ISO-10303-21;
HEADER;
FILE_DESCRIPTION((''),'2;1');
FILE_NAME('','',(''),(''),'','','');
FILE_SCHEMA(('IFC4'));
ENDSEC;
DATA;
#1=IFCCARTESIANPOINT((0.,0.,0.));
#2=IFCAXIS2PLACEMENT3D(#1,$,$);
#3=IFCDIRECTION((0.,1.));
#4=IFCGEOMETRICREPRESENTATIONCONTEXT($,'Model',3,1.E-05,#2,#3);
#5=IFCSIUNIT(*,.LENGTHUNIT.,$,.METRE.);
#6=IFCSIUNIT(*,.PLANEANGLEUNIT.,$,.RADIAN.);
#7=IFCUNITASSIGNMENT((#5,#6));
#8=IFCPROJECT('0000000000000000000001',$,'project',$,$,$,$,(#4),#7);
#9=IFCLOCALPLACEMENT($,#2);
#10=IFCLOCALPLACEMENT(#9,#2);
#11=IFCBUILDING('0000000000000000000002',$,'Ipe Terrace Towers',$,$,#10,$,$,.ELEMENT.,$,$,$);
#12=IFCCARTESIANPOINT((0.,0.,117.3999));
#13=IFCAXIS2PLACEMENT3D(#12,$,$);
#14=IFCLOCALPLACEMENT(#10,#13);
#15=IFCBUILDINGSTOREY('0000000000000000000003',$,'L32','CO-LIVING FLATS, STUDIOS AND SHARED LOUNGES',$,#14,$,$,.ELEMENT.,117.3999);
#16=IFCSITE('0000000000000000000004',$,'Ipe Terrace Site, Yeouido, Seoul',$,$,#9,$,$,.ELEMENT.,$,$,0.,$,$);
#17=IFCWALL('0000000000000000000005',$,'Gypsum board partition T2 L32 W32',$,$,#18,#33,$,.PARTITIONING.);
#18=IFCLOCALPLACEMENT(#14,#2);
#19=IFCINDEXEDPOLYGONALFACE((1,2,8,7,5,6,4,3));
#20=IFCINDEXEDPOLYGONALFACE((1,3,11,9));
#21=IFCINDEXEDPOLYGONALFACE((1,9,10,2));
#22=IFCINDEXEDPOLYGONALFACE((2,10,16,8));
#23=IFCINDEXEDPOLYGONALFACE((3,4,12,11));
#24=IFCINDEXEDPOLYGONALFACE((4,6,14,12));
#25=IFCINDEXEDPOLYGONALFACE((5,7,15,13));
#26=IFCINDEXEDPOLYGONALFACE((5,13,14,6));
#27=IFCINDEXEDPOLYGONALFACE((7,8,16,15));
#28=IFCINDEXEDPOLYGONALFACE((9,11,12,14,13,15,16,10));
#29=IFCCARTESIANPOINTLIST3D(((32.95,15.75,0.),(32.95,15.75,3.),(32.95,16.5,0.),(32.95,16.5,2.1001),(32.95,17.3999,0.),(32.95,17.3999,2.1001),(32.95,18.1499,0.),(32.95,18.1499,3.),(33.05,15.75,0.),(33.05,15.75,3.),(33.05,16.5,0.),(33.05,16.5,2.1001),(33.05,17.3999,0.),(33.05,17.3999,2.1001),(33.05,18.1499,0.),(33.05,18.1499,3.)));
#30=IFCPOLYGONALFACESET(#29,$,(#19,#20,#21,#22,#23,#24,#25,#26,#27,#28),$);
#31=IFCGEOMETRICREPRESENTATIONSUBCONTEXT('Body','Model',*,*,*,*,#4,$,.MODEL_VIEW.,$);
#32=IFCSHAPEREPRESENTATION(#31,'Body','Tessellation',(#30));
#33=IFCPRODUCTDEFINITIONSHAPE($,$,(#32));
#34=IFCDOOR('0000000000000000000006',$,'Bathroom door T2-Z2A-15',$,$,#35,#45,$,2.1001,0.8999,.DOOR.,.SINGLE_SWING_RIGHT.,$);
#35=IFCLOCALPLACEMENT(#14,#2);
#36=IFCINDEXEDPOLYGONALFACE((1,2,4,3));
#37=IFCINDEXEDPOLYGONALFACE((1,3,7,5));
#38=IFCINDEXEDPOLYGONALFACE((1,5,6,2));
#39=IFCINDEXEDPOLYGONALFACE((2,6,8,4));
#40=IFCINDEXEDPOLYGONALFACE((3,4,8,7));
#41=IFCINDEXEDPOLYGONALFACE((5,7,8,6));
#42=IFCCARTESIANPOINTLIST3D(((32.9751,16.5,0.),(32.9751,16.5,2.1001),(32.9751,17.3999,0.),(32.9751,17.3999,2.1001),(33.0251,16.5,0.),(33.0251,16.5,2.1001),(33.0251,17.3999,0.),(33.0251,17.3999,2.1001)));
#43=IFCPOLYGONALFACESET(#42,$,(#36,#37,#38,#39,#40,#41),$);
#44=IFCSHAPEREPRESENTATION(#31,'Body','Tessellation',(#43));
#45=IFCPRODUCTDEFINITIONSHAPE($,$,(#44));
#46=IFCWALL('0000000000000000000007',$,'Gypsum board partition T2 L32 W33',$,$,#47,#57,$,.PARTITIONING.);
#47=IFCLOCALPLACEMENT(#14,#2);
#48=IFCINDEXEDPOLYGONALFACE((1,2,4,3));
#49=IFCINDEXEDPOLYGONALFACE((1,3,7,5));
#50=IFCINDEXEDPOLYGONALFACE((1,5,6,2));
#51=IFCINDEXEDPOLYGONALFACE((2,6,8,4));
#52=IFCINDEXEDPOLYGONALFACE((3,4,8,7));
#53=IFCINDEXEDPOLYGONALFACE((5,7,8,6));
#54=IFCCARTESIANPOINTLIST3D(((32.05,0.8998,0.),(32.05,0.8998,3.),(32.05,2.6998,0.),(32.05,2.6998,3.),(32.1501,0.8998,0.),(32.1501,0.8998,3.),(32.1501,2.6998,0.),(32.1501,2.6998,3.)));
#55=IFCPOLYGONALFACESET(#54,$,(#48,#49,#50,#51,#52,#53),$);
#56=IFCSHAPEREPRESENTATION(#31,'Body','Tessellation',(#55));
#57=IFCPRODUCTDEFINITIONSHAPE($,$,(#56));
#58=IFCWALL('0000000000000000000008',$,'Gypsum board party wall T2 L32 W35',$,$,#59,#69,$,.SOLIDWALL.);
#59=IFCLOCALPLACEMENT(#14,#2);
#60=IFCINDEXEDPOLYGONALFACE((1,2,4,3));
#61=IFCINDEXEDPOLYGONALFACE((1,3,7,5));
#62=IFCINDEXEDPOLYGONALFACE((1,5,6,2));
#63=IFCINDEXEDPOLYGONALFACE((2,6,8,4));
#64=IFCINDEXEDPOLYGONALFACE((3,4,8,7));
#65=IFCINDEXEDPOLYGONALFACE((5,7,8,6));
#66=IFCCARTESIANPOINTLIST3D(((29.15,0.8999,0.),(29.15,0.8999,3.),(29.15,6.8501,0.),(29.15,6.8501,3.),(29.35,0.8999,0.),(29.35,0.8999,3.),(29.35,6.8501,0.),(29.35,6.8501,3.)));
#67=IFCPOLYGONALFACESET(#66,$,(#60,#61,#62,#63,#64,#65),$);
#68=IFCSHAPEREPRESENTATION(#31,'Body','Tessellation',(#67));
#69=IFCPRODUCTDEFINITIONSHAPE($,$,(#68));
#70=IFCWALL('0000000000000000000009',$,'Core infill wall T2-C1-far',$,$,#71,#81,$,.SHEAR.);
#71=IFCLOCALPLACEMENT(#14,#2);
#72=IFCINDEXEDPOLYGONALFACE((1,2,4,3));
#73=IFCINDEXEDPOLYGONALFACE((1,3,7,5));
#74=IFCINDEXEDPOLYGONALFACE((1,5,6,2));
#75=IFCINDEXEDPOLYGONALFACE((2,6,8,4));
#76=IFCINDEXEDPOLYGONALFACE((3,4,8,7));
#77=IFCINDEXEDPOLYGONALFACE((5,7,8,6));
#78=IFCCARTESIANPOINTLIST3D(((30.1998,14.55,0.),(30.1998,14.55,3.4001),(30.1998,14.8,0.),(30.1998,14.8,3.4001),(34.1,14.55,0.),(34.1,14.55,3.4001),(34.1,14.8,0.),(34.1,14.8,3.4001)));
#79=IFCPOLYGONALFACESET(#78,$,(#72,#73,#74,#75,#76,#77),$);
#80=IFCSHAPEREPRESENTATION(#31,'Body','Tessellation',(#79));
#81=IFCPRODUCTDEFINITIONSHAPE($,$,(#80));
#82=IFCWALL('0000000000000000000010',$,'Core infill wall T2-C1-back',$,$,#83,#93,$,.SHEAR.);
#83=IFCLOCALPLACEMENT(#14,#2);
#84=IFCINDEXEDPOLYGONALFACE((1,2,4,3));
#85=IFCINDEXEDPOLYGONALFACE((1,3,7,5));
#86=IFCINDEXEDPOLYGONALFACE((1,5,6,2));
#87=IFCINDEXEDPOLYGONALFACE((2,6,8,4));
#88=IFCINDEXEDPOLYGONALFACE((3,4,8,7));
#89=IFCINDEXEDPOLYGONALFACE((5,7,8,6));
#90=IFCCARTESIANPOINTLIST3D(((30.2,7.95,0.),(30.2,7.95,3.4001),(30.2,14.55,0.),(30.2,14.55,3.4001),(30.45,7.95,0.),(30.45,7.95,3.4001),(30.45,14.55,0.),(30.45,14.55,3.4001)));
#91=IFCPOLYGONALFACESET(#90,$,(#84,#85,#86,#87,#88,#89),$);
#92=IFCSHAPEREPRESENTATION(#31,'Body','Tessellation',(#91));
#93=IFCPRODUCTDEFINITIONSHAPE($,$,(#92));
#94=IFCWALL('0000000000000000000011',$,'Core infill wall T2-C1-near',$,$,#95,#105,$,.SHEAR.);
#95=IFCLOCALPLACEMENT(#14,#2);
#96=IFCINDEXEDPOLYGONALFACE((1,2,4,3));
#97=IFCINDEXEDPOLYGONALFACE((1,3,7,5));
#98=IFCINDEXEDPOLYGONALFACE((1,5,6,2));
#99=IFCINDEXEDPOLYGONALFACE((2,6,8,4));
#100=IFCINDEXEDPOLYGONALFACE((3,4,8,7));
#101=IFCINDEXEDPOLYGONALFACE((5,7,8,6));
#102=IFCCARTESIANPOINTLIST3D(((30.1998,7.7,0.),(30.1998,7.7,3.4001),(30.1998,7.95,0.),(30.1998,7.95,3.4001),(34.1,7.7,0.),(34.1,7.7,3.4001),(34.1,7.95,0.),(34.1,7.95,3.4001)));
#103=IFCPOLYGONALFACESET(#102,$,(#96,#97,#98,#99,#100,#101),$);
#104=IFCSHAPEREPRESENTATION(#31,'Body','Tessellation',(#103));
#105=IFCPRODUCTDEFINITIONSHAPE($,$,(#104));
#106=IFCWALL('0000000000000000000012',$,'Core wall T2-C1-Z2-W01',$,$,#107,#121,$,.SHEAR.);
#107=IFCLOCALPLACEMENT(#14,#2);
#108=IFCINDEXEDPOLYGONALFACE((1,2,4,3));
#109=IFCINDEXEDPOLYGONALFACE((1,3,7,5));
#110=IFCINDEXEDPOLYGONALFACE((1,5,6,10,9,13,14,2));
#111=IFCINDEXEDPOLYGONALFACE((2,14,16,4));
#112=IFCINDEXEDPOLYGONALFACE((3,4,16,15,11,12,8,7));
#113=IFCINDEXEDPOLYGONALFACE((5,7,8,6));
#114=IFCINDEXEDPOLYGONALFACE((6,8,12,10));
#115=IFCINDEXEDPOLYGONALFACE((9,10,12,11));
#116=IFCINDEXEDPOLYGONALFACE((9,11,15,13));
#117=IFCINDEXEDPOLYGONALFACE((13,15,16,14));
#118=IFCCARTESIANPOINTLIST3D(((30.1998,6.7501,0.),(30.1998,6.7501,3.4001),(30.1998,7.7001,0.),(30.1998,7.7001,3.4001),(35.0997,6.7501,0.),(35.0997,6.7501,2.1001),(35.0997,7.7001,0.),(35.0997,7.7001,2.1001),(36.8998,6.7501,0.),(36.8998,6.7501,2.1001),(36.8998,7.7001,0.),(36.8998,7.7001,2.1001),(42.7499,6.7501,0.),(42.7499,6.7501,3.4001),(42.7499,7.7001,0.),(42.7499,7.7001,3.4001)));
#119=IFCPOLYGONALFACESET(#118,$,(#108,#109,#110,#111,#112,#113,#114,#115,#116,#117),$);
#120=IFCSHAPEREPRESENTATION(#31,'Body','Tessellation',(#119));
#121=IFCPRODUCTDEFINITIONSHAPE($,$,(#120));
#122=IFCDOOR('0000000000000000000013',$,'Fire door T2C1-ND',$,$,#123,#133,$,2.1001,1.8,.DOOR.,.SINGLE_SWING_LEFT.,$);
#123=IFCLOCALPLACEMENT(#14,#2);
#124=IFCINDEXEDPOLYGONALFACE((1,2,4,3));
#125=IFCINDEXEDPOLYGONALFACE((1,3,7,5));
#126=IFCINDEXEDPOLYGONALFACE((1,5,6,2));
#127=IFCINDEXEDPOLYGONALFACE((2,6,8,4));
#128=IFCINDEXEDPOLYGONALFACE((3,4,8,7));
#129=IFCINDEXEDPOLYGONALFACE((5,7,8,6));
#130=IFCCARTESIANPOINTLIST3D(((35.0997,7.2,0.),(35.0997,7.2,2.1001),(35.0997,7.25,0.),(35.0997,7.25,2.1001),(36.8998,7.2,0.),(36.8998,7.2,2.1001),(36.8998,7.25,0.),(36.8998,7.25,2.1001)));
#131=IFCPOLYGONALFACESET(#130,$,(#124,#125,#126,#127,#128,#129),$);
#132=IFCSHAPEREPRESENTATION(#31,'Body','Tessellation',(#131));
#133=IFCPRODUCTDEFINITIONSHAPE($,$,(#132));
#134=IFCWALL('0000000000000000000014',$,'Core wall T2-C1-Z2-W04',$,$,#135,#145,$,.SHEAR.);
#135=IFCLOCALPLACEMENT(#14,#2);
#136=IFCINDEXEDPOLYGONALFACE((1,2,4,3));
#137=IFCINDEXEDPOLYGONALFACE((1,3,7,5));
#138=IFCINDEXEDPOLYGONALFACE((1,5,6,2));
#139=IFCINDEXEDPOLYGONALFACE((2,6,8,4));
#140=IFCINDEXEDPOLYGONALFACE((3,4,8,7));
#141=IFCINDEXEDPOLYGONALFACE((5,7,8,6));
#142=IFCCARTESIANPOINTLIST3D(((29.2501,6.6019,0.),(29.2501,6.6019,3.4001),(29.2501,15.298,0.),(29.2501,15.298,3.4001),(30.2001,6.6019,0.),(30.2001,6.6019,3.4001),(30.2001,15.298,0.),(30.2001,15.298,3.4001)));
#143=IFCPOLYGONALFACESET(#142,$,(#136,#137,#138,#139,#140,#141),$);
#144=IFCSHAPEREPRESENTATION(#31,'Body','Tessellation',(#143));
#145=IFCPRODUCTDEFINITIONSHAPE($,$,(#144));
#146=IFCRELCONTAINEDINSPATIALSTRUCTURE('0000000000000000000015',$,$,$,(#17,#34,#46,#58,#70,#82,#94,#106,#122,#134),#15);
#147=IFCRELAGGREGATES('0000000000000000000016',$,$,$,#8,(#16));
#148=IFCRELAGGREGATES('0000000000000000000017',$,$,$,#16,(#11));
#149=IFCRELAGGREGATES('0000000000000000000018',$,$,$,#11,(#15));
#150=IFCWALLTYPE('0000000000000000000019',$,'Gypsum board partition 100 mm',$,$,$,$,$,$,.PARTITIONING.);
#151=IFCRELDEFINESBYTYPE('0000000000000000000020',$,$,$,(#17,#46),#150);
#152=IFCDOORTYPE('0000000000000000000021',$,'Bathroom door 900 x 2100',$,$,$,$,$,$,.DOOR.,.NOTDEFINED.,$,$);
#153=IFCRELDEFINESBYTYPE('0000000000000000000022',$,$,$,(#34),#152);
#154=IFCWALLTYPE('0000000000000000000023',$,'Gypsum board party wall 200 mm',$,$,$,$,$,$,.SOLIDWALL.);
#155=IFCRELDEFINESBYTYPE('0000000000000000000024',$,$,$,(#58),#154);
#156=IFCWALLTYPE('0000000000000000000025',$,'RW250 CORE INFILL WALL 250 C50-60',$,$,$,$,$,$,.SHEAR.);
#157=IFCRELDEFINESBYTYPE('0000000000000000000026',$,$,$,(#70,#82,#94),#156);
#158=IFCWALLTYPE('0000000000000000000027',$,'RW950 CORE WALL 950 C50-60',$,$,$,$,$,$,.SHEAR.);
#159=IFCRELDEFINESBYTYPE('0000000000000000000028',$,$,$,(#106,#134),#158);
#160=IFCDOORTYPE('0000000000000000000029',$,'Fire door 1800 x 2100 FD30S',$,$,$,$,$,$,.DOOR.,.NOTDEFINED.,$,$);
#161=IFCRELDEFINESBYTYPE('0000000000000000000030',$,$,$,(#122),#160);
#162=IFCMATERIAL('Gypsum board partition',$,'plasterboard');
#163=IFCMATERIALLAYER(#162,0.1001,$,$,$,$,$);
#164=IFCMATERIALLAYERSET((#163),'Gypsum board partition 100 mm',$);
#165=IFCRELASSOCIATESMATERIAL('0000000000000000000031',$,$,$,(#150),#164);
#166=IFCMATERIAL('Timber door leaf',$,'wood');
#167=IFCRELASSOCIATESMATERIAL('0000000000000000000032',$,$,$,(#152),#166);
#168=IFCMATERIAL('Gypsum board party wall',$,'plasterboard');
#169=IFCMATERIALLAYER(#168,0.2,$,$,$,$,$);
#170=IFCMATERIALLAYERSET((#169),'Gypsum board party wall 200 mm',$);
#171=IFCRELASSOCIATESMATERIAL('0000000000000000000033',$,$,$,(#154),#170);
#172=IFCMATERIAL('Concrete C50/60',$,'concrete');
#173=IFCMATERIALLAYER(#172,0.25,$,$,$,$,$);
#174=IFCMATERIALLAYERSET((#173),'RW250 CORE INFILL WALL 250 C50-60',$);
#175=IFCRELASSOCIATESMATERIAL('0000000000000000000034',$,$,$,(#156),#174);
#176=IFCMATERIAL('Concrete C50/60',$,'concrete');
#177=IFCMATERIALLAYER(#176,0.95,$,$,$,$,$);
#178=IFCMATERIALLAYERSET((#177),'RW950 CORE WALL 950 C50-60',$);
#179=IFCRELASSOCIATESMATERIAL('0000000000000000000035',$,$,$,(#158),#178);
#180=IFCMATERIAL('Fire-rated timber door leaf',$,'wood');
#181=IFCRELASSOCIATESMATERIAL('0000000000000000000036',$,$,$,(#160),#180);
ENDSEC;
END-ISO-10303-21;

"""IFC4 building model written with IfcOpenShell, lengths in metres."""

from ifc_helpers import new_model, si_unit, direction, frame, frame_2d, origin, place, context, subcontext, project, spatial, rectangle, extrude, material, layer, layer_set, type_object, element, fill, save


model = new_model("IFC4")

# Units and contexts
model_context = context("Model", 3, precision=1e-05, world=origin(), true_north=direction((0.0, 1.0)))
body_context = subcontext(model_context, "Body", "Model", "MODEL_VIEW")
ifc_project = project(units=[si_unit("LENGTHUNIT", "METRE"), si_unit("PLANEANGLEUNIT", "RADIAN")], contexts=[model_context])

# Site, building, storey
site_placement = place(None, origin())
site = spatial("IfcSite", under=ifc_project, at=site_placement, Name="Ipe Terrace Site, Yeouido, Seoul", CompositionType="ELEMENT", RefElevation=0.0)
building_placement = place(site_placement, origin())
building = spatial("IfcBuilding", under=site, at=building_placement, Name="Ipe Terrace Towers", CompositionType="ELEMENT")
storey_placement = place(building_placement, frame((0.0, 0.0, 117.3999)))
storey = spatial("IfcBuildingStorey", under=building, at=storey_placement, Name="L32", Description="CO-LIVING FLATS, STUDIOS AND SHARED LOUNGES", CompositionType="ELEMENT", Elevation=117.3999)

# Wall, opening, door
ifc_material_1 = material(Name="Gypsum board partition", Category="plasterboard")
ifc_layer_1 = layer(ifc_material_1, 0.1001)
ifc_layer_set_1 = layer_set([ifc_layer_1], Name="Gypsum board partition 100 mm")
wall_type_1 = type_object("IfcWallType", Name="Gypsum board partition 100 mm", PredefinedType="PARTITIONING", material=ifc_layer_set_1)
wall_1_placement = place(storey_placement, frame((33.0, 15.75, 0.0), z_axis=(0.0, 0.0, 1.0), x_axis=(0.0, 1.0, 0.0)))
wall_1 = element("IfcWall", 1, at=wall_1_placement, inside=storey, type_object=wall_type_1, Name="Gypsum board partition T2 L32 W32", PredefinedType="PARTITIONING", context=body_context, shape_type="SweptSolid", body=[
    extrude(rectangle(XDim=2.3999, YDim=0.1001, at=frame_2d((1.2, 0.0))), origin(), (0.0, 0.0, 1.0), 3.0),
])
opening_1_placement = place(wall_1_placement, frame((0.75, 0.0, 0.0)))
opening_1 = element("IfcOpeningElement", 2, at=opening_1_placement, cuts=wall_1, PredefinedType="OPENING", context=body_context, shape_type="SweptSolid", body=[
    extrude(rectangle(XDim=0.8999, YDim=2.1001, at=frame_2d((0.45, 1.05))), frame((0.0, 0.0601, 0.0), z_axis=(0.0, -1.0, 0.0), x_axis=(1.0, 0.0, 0.0)), (0.0, 0.0, 1.0), 0.1201),
])
ifc_material_2 = material(Name="Timber door leaf", Category="wood")
door_type_1 = type_object("IfcDoorType", Name="Bathroom door 900 x 2100", OperationType="NOTDEFINED", PredefinedType="DOOR", material=ifc_material_2)
door_1_placement = place(opening_1_placement, origin())
door_1 = element("IfcDoor", 3, at=door_1_placement, inside=storey, type_object=door_type_1, Name="Bathroom door T2-Z2A-15", OperationType="SINGLE_SWING_RIGHT", OverallHeight=2.1001, OverallWidth=0.8999, PredefinedType="DOOR", context=body_context, shape_type="SweptSolid", body=[
    extrude(rectangle(XDim=0.8999, YDim=2.1001, at=frame_2d((0.45, 1.05))), frame((0.0, 0.0249, 0.0), z_axis=(0.0, -1.0, 0.0), x_axis=(1.0, 0.0, 0.0)), (0.0, 0.0, 1.0), 0.05),
])
fill(opening_1, door_1)

# Walls
wall_2_placement = place(storey_placement, frame((32.1001, 0.8999, 0.0), z_axis=(0.0, 0.0, 1.0), x_axis=(0.0, 1.0, 0.0)))
element("IfcWall", 4, at=wall_2_placement, inside=storey, type_object=wall_type_1, Name="Gypsum board partition T2 L32 W33", PredefinedType="PARTITIONING", context=body_context, shape_type="SweptSolid", body=[
    extrude(rectangle(XDim=1.8, YDim=0.1001, at=frame_2d((0.8999, 0.0))), origin(), (0.0, 0.0, 1.0), 3.0),
])
ifc_material_3 = material(Name="Gypsum board party wall", Category="plasterboard")
ifc_layer_2 = layer(ifc_material_3, 0.2)
ifc_layer_set_2 = layer_set([ifc_layer_2], Name="Gypsum board party wall 200 mm")
wall_type_2 = type_object("IfcWallType", Name="Gypsum board party wall 200 mm", PredefinedType="SOLIDWALL", material=ifc_layer_set_2)
wall_3_placement = place(storey_placement, frame((29.25, 0.8999, 0.0), z_axis=(0.0, 0.0, 1.0), x_axis=(0.0, 1.0, 0.0)))
element("IfcWall", 5, at=wall_3_placement, inside=storey, type_object=wall_type_2, Name="Gypsum board party wall T2 L32 W35", PredefinedType="SOLIDWALL", context=body_context, shape_type="SweptSolid", body=[
    extrude(rectangle(XDim=5.9502, YDim=0.2, at=frame_2d((2.9751, 0.0))), origin(), (0.0, 0.0, 1.0), 3.0),
])
ifc_material_4 = material(Name="Concrete C50/60", Category="concrete")
ifc_layer_3 = layer(ifc_material_4, 0.25)
ifc_layer_set_3 = layer_set([ifc_layer_3], Name="RW250 CORE INFILL WALL 250 C50-60")
wall_type_3 = type_object("IfcWallType", Name="RW250 CORE INFILL WALL 250 C50-60", PredefinedType="SHEAR", material=ifc_layer_set_3)
wall_4_placement = place(storey_placement, frame((34.1001, 14.675, 0.0), z_axis=(0.0, 0.0, 1.0), x_axis=(-1.0, 0.0, 0.0)))
element("IfcWall", 6, at=wall_4_placement, inside=storey, type_object=wall_type_3, Name="Core infill wall T2-C1-far", PredefinedType="SHEAR", context=body_context, shape_type="SweptSolid", body=[
    extrude(rectangle(XDim=3.9001, YDim=0.25, at=frame_2d((1.9502, 0.0))), origin(), (0.0, 0.0, 1.0), 3.4001),
])
wall_5_placement = place(storey_placement, frame((30.325, 7.95, 0.0), z_axis=(0.0, 0.0, 1.0), x_axis=(0.0, 1.0, 0.0)))
element("IfcWall", 7, at=wall_5_placement, inside=storey, type_object=wall_type_3, Name="Core infill wall T2-C1-back", PredefinedType="SHEAR", context=body_context, shape_type="SweptSolid", body=[
    extrude(rectangle(XDim=6.6001, YDim=0.25, at=frame_2d((3.3, 0.0))), origin(), (0.0, 0.0, 1.0), 3.4001),
])
wall_6_placement = place(storey_placement, frame((34.1001, 7.825, 0.0), z_axis=(0.0, 0.0, 1.0), x_axis=(-1.0, 0.0, 0.0)))
element("IfcWall", 8, at=wall_6_placement, inside=storey, type_object=wall_type_3, Name="Core infill wall T2-C1-near", PredefinedType="SHEAR", context=body_context, shape_type="SweptSolid", body=[
    extrude(rectangle(XDim=3.9001, YDim=0.25, at=frame_2d((1.9502, 0.0))), origin(), (0.0, 0.0, 1.0), 3.4001),
])

# Wall, opening, door
ifc_material_5 = material(Name="Concrete C50/60", Category="concrete")
ifc_layer_4 = layer(ifc_material_5, 0.95)
ifc_layer_set_4 = layer_set([ifc_layer_4], Name="RW950 CORE WALL 950 C50-60")
wall_type_4 = type_object("IfcWallType", Name="RW950 CORE WALL 950 C50-60", PredefinedType="SHEAR", material=ifc_layer_set_4)
wall_7_placement = place(storey_placement, frame((30.2, 7.2251, 0.0), z_axis=(0.0, 0.0, 1.0), x_axis=(1.0, 0.0, 0.0)))
wall_7 = element("IfcWall", 9, at=wall_7_placement, inside=storey, type_object=wall_type_4, Name="Core wall T2-C1-Z2-W01", PredefinedType="SHEAR", context=body_context, shape_type="SweptSolid", body=[
    extrude(rectangle(XDim=12.55, YDim=0.95, at=frame_2d((6.2749, 0.0))), origin(), (0.0, 0.0, 1.0), 3.4001),
])
opening_2_placement = place(wall_7_placement, frame((4.8999, 0.0, 0.0)))
opening_2 = element("IfcOpeningElement", 10, at=opening_2_placement, cuts=wall_7, PredefinedType="OPENING", context=body_context, shape_type="SweptSolid", body=[
    extrude(rectangle(XDim=1.8, YDim=2.1001, at=frame_2d((0.8999, 1.05))), frame((0.0, 0.4849, 0.0), z_axis=(0.0, -1.0, 0.0), x_axis=(1.0, 0.0, 0.0)), (0.0, 0.0, 1.0), 0.97),
])
ifc_material_6 = material(Name="Fire-rated timber door leaf", Category="wood")
door_type_2 = type_object("IfcDoorType", Name="Fire door 1800 x 2100 FD30S", OperationType="NOTDEFINED", PredefinedType="DOOR", material=ifc_material_6)
door_2_placement = place(opening_2_placement, origin())
door_2 = element("IfcDoor", 11, at=door_2_placement, inside=storey, type_object=door_type_2, Name="Fire door T2C1-ND", OperationType="SINGLE_SWING_LEFT", OverallHeight=2.1001, OverallWidth=1.8, PredefinedType="DOOR", context=body_context, shape_type="SweptSolid", body=[
    extrude(rectangle(XDim=1.8, YDim=2.1001, at=frame_2d((0.8999, 1.05))), frame((0.0, 0.0249, 0.0), z_axis=(0.0, -1.0, 0.0), x_axis=(1.0, 0.0, 0.0)), (0.0, 0.0, 1.0), 0.05),
])
fill(opening_2, door_2)

# Wall
wall_8_placement = place(storey_placement, frame((29.7251, 15.2981, 0.0), z_axis=(0.0, 0.0, 1.0), x_axis=(0.0, -1.0, 0.0)))
element("IfcWall", 12, at=wall_8_placement, inside=storey, type_object=wall_type_4, Name="Core wall T2-C1-Z2-W04", PredefinedType="SHEAR", context=body_context, shape_type="SweptSolid", body=[
    extrude(rectangle(XDim=8.696, YDim=0.95, at=frame_2d((4.3481, 0.0))), origin(), (0.0, 0.0, 1.0), 3.4001),
])

save(model, "model.ifc")
